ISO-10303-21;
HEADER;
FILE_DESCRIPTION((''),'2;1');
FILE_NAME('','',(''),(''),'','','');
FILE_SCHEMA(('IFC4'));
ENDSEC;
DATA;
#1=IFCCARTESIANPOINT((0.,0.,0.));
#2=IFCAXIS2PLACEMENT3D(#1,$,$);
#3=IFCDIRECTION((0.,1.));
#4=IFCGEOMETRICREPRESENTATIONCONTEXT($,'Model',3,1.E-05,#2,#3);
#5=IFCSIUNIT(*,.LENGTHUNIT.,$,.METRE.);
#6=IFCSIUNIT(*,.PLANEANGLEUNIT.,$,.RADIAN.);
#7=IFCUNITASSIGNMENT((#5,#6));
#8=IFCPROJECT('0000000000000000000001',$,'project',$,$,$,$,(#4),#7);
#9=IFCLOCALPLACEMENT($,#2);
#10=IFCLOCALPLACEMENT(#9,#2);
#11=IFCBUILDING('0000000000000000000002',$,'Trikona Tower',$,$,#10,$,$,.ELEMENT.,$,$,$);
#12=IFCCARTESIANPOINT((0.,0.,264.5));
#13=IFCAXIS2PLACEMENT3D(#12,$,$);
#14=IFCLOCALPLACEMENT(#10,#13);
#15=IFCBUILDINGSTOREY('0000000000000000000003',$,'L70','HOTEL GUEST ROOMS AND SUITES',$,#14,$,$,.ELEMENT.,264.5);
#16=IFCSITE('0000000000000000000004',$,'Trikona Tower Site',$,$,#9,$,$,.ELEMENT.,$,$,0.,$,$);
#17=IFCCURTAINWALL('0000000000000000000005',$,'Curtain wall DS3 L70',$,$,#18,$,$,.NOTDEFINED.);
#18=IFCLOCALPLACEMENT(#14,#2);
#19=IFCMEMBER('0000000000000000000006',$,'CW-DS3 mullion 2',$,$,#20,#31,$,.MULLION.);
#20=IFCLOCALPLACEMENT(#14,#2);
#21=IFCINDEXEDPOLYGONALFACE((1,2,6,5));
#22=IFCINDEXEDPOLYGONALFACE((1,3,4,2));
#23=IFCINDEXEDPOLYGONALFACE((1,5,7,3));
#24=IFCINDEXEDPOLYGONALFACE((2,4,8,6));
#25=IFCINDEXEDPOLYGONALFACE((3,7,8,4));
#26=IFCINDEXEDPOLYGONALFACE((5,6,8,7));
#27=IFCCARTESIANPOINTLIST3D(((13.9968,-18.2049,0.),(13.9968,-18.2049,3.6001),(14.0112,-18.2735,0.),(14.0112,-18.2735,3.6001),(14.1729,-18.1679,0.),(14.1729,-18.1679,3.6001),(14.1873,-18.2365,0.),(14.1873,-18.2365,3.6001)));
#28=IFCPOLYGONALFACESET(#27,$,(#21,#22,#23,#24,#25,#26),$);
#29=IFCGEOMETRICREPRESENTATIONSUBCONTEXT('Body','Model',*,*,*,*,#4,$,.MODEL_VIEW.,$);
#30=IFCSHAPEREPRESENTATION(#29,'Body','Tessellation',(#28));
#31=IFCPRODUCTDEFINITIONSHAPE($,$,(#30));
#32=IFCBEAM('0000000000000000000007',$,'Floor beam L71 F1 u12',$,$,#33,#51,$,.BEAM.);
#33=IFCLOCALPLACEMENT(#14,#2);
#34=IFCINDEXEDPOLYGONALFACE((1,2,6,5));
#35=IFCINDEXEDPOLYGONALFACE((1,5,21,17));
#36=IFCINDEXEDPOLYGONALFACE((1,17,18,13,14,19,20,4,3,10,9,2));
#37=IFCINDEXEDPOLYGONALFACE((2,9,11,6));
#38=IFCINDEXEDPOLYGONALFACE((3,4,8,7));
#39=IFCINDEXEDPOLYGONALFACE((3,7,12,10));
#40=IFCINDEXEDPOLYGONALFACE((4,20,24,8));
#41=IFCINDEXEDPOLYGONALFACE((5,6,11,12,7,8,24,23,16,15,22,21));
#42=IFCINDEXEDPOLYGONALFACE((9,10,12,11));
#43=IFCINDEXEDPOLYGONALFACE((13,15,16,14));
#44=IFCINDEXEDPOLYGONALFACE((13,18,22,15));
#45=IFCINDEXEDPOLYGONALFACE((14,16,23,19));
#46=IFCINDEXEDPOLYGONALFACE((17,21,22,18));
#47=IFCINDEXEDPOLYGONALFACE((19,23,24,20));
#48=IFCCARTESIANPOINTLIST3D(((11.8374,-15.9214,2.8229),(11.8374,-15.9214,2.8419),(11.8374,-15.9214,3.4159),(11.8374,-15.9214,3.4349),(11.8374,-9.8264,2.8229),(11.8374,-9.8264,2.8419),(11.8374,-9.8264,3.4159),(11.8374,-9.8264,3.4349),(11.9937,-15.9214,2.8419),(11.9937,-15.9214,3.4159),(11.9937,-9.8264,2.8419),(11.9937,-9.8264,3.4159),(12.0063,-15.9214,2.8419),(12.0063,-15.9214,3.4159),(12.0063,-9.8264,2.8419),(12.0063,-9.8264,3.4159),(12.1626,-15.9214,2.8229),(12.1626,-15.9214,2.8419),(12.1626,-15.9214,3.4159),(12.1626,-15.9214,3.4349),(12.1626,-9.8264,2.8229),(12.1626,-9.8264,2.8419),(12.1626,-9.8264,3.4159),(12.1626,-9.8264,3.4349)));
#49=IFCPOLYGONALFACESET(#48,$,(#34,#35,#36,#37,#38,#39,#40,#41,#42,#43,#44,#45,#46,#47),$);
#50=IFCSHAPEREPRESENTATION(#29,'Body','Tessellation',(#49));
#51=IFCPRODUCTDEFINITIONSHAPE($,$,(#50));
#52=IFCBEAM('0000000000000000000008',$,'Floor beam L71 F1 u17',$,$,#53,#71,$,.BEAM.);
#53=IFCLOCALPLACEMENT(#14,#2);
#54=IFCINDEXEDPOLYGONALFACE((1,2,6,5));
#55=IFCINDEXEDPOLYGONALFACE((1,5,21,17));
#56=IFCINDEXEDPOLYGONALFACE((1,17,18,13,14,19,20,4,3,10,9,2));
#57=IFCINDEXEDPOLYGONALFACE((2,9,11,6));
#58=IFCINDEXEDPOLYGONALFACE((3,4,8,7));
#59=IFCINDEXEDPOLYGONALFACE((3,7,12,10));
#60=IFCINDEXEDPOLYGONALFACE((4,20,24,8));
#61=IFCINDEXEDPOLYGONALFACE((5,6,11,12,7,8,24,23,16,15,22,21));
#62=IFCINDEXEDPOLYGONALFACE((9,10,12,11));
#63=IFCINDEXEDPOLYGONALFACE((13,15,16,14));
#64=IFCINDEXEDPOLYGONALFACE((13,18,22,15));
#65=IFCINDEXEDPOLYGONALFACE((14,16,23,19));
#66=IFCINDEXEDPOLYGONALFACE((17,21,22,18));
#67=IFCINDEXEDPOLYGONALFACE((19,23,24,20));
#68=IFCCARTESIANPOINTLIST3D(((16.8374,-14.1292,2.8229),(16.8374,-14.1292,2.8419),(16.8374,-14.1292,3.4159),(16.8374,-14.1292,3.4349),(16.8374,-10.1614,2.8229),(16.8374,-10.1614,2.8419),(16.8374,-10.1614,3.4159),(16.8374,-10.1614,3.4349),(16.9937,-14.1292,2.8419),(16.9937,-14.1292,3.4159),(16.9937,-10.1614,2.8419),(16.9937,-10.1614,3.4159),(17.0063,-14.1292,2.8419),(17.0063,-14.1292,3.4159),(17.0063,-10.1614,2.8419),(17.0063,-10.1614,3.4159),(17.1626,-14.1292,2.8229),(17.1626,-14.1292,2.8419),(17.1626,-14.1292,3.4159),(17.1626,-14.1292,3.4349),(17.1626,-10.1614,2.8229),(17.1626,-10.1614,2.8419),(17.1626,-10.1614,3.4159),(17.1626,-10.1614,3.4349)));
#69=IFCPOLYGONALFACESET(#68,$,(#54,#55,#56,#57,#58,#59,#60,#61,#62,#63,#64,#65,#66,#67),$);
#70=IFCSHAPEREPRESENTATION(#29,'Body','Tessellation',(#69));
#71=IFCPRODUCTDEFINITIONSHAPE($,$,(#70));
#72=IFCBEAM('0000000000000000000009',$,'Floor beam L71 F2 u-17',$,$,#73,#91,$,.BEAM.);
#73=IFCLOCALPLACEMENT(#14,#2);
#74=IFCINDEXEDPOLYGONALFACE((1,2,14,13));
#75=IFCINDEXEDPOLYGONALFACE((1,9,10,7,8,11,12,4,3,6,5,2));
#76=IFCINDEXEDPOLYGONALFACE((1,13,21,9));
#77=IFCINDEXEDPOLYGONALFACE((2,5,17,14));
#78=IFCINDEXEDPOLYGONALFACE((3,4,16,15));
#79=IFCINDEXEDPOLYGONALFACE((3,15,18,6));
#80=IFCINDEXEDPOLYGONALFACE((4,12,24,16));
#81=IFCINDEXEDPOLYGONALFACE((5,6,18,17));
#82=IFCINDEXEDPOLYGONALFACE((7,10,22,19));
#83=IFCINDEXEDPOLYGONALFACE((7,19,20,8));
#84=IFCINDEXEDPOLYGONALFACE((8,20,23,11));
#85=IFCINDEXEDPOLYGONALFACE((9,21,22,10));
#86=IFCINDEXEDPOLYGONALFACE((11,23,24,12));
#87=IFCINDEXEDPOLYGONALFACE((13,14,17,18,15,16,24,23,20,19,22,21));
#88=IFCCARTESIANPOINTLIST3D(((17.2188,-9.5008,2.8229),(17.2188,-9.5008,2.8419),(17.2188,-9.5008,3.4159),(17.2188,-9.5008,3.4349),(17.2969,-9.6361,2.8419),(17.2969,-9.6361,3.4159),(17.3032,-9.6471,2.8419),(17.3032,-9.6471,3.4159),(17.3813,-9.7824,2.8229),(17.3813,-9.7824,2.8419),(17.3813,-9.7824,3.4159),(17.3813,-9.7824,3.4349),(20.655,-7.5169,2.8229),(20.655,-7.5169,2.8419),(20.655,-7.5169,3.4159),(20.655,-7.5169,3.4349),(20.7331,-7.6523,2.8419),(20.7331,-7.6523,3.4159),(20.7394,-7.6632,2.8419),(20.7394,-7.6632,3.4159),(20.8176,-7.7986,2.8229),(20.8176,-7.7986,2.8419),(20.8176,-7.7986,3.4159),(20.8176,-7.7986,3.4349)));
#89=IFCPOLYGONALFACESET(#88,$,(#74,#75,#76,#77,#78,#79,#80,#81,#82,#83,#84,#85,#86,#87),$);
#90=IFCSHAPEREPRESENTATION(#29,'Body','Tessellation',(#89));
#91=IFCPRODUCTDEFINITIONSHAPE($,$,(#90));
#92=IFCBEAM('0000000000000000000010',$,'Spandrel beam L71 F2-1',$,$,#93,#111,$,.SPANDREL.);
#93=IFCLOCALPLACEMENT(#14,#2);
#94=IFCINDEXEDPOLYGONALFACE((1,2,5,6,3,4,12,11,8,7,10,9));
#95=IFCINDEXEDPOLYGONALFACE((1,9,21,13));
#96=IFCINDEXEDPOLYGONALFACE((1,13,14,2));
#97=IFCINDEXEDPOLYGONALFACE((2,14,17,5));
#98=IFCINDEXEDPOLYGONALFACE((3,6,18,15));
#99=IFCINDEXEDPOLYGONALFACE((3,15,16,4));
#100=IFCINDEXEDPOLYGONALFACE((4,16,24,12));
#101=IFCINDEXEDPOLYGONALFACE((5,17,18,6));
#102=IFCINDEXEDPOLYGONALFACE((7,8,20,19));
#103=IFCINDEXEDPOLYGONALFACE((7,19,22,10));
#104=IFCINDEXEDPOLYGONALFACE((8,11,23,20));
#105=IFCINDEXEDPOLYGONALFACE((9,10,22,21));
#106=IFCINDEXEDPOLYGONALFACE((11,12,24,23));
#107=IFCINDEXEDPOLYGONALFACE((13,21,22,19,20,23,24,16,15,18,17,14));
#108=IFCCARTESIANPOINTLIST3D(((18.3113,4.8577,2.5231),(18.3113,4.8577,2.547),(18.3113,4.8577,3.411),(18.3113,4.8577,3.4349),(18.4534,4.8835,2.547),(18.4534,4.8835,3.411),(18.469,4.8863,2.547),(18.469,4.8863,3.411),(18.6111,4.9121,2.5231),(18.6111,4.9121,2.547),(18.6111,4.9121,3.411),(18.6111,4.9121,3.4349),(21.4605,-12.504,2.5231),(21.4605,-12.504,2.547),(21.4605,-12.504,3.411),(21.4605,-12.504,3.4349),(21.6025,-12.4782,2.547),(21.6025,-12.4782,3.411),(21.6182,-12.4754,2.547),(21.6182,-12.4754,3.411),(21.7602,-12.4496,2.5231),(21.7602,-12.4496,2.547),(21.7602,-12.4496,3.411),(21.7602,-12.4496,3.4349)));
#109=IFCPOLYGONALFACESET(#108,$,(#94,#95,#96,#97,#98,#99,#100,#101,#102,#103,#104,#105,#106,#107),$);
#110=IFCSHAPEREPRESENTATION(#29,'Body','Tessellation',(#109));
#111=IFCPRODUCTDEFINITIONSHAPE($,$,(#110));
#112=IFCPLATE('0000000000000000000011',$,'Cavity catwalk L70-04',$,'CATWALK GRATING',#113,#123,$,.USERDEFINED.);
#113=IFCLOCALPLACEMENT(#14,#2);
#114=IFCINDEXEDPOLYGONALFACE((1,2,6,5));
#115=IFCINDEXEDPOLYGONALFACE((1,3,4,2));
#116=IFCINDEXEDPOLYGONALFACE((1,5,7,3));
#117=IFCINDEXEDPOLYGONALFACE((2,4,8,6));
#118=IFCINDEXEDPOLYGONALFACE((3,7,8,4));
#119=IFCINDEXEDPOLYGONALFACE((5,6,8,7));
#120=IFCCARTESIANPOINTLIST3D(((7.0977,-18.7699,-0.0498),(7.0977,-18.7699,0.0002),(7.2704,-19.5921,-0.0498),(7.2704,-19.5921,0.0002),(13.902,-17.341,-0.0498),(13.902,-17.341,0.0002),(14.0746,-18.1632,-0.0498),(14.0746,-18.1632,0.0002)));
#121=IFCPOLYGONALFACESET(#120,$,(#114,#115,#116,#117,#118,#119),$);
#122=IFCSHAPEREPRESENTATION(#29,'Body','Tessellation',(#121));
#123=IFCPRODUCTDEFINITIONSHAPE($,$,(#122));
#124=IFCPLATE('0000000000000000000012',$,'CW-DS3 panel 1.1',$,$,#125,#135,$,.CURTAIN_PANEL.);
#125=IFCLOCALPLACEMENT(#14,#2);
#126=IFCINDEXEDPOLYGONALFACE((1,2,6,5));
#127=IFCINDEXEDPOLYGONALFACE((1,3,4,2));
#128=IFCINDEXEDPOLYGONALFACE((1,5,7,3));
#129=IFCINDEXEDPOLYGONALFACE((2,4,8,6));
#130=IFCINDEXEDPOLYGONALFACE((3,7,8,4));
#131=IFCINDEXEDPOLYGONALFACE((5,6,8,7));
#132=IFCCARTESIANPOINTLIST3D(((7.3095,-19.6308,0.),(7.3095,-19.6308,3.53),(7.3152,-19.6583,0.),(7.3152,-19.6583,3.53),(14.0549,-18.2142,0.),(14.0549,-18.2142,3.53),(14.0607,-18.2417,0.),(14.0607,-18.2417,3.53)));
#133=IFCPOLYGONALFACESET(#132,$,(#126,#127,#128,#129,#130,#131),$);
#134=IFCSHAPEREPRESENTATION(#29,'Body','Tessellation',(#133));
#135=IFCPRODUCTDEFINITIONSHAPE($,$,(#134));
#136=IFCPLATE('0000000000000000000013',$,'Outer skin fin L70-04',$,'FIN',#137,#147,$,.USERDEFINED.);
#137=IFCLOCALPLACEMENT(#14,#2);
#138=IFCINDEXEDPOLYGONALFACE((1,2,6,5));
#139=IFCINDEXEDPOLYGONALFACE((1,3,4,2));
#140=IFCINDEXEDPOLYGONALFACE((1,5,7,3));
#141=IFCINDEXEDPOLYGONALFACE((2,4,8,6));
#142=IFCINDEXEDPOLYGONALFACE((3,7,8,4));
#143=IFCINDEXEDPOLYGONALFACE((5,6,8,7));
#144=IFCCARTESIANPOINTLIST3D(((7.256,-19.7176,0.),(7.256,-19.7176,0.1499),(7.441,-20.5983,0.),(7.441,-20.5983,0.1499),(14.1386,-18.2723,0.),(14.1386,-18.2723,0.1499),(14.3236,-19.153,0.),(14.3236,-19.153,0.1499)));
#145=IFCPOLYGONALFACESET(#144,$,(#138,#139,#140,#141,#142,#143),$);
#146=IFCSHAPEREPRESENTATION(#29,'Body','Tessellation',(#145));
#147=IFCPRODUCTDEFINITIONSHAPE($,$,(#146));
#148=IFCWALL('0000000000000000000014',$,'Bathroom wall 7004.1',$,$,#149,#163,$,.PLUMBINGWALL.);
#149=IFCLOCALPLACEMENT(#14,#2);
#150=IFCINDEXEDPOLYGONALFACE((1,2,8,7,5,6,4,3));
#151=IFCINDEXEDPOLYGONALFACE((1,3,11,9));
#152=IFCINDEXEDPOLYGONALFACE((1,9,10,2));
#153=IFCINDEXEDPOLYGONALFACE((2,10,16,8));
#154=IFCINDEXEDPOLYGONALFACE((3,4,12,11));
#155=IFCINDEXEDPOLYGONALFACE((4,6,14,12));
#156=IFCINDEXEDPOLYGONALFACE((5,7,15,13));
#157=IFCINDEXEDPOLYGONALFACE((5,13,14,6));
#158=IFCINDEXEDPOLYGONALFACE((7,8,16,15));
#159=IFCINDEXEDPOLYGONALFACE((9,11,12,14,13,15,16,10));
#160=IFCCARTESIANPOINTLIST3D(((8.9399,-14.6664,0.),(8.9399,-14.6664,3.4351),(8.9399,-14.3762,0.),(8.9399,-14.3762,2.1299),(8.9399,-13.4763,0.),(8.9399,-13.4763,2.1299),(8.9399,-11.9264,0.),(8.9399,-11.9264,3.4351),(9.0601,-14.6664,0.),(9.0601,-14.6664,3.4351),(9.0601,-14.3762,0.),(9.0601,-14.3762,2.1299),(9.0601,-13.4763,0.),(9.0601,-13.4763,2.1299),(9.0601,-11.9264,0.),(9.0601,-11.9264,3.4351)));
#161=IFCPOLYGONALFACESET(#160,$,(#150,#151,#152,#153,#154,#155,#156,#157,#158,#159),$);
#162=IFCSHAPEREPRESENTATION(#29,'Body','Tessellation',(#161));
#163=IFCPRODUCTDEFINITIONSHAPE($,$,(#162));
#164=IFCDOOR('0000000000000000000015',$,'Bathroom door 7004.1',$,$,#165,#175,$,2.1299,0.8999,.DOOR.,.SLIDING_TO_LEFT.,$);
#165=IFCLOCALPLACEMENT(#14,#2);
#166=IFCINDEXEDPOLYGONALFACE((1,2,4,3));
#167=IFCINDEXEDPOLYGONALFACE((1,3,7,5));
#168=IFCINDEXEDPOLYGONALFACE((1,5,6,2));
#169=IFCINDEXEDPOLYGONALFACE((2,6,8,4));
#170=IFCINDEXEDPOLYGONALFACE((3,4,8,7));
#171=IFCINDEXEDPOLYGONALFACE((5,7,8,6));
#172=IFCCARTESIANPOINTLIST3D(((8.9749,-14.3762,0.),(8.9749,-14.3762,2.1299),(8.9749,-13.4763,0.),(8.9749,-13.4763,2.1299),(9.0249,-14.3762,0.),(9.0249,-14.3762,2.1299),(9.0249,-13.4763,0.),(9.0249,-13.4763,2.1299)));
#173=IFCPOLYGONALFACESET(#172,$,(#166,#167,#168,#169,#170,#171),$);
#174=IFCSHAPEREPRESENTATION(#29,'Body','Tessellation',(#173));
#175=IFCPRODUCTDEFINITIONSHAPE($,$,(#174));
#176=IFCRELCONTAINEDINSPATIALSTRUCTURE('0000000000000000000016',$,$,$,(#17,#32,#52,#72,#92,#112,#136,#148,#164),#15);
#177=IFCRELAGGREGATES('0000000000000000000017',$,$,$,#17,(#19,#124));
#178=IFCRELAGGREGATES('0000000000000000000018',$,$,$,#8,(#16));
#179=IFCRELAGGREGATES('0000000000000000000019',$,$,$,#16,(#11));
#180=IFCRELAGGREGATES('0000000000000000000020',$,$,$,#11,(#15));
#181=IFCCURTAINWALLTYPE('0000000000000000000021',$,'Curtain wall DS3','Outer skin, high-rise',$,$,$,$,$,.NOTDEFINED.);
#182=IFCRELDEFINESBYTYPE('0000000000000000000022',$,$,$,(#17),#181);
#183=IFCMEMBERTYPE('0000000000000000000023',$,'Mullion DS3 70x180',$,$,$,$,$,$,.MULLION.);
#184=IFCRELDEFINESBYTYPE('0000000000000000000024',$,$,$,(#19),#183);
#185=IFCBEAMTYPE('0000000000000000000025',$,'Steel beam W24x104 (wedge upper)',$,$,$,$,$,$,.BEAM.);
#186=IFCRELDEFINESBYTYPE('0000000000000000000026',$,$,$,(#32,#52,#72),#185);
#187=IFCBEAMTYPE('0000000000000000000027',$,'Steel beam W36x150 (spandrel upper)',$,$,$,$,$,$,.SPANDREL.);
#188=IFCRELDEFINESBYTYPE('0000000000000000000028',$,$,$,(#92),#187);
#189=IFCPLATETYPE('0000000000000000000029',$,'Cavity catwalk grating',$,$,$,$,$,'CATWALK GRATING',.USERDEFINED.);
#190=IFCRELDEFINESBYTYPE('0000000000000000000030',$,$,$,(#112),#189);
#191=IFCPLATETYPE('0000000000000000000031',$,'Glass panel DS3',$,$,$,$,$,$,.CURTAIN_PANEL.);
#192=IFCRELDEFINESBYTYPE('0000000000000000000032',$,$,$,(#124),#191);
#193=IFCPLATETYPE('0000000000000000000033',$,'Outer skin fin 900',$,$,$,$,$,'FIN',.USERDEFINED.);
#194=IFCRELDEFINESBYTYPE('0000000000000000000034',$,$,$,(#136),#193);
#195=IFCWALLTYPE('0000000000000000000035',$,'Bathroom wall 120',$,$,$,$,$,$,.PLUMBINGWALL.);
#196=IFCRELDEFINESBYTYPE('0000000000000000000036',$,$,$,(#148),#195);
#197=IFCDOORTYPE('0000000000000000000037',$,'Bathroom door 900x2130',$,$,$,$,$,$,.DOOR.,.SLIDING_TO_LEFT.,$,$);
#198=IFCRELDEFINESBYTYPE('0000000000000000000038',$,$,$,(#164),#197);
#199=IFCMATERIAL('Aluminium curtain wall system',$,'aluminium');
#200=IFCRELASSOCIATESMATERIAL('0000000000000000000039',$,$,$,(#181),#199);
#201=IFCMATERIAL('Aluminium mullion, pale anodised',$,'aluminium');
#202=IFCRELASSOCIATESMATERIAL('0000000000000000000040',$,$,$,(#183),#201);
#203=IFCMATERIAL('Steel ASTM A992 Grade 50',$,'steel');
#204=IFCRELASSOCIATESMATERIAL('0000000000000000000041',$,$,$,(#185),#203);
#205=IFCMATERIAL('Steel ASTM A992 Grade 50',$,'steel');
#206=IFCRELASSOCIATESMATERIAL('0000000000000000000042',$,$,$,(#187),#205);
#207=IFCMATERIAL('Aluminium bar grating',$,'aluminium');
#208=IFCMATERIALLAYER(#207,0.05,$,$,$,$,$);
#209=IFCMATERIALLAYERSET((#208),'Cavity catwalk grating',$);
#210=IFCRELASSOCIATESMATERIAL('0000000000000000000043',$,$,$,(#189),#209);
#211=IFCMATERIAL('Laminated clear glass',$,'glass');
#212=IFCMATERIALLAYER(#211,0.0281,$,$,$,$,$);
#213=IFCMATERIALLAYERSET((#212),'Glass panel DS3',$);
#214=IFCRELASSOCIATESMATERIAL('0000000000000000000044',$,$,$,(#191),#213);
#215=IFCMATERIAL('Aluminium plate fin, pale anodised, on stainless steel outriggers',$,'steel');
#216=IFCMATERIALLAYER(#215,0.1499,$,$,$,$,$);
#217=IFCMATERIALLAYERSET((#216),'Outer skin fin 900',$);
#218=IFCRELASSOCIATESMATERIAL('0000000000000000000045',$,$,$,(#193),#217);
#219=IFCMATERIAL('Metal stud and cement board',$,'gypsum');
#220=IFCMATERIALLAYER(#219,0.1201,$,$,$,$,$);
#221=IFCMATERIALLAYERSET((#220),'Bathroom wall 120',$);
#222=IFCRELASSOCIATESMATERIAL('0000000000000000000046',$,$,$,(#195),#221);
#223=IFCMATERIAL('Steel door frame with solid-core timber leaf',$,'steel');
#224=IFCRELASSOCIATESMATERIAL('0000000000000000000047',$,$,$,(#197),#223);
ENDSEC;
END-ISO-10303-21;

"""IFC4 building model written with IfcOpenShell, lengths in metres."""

from ifc_helpers import new_model, si_unit, direction, frame, frame_2d, origin, origin_2d, place, context, subcontext, project, spatial, rectangle, i_section, extrude, material, layer, layer_set, material_profile, profile_set, type_object, element, fill, aggregate, save


model = new_model("IFC4")

# Units and contexts
model_context = context("Model", 3, precision=1e-05, world=origin(), true_north=direction((0.0, 1.0)))
body_context = subcontext(model_context, "Body", "Model", "MODEL_VIEW")
ifc_project = project(units=[si_unit("LENGTHUNIT", "METRE"), si_unit("PLANEANGLEUNIT", "RADIAN")], contexts=[model_context])

# Site, building, storey
site_placement = place(None, origin())
site = spatial("IfcSite", under=ifc_project, at=site_placement, Name="Trikona Tower Site", CompositionType="ELEMENT", RefElevation=0.0)
building_placement = place(site_placement, origin())
building = spatial("IfcBuilding", under=site, at=building_placement, Name="Trikona Tower", CompositionType="ELEMENT")
storey_placement = place(building_placement, frame((0.0, 0.0, 264.5)))
storey = spatial("IfcBuildingStorey", under=building, at=storey_placement, Name="L70", Description="HOTEL GUEST ROOMS AND SUITES", CompositionType="ELEMENT", Elevation=264.5)

# Curtain wall, member
ifc_material_1 = material(Name="Aluminium curtain wall system", Category="aluminium")
curtain_wall_type = type_object("IfcCurtainWallType", Name="Curtain wall DS3", Description="Outer skin, high-rise", PredefinedType="NOTDEFINED", material=ifc_material_1)
curtain_wall_placement = place(storey_placement, origin())
curtain_wall = element("IfcCurtainWall", 1, at=curtain_wall_placement, inside=storey, type_object=curtain_wall_type, Name="Curtain wall DS3 L70", PredefinedType="NOTDEFINED")
ifc_material_2 = material(Name="Aluminium mullion, pale anodised", Category="aluminium")
ifc_material_profile_1 = material_profile(ifc_material_2, rectangle(XDim=0.0701, YDim=0.1799, at=origin_2d()), Name="MUL-DS3")
ifc_profile_set_1 = profile_set([ifc_material_profile_1], Name="Aluminium mullion, pale anodised")
member_type = type_object("IfcMemberType", Name="Mullion DS3 70x180", PredefinedType="MULLION", material=ifc_profile_set_1)
member_placement = place(storey_placement, frame((14.092, -18.2207, 0.0), z_axis=(0.0, 0.0, 1.0), x_axis=(-0.205527, 0.978651, 0.0)))
member = element("IfcMember", 2, at=member_placement, type_object=member_type, Name="CW-DS3 mullion 2", PredefinedType="MULLION", context=body_context, shape_type="SweptSolid", body=[
    extrude(rectangle(XDim=0.0701, YDim=0.1799, at=origin_2d()), origin(), (0.0, 0.0, 1.0), 3.6001),
])

# Beams
ifc_material_3 = material(Name="Steel ASTM A992 Grade 50", Category="steel")
ifc_material_profile_2 = material_profile(ifc_material_3, i_section(OverallWidth=0.3252, OverallDepth=0.6121, WebThickness=0.0127, FlangeThickness=0.019, at=origin_2d()), Name="W24X104")
ifc_profile_set_2 = profile_set([ifc_material_profile_2], Name="Steel ASTM A992 Grade 50")
beam_type_1 = type_object("IfcBeamType", Name="Steel beam W24x104 (wedge upper)", PredefinedType="BEAM", material=ifc_profile_set_2)
beam_1_placement = place(storey_placement, frame((12.0, -9.8264, 3.1289), z_axis=(0.0, -1.0, 0.0), x_axis=(1.0, 0.0, 0.0)))
element("IfcBeam", 3, at=beam_1_placement, inside=storey, type_object=beam_type_1, Name="Floor beam L71 F1 u12", PredefinedType="BEAM", context=body_context, shape_type="SweptSolid", body=[
    extrude(i_section(OverallWidth=0.3252, OverallDepth=0.6121, WebThickness=0.0127, FlangeThickness=0.019, at=origin_2d()), origin(), (0.0, 0.0, 1.0), 6.095),
])
for number, where, z_axis, x_axis, name in (
    (4, (17.0, -10.1614, 3.1289), (0.0, -1.0, 0.0), (1.0, 0.0, 0.0), "Floor beam L71 F1 u17"),
    (5, (17.3, -9.6416, 3.1289), (0.866031, 0.499991, 0.0), (-0.499991, 0.866031, 0.0), "Floor beam L71 F2 u-17"),
):
    element("IfcBeam", number, at=place(storey_placement, frame(where, z_axis=z_axis, x_axis=x_axis)), inside=storey, type_object=beam_type_1, Name=name, PredefinedType="BEAM", context=body_context, shape_type="SweptSolid", body=[
        extrude(i_section(OverallWidth=0.3252, OverallDepth=0.6121, WebThickness=0.0127, FlangeThickness=0.019, at=origin_2d()), origin(), (0.0, 0.0, 1.0), 3.9678),
    ])
ifc_material_4 = material(Name="Steel ASTM A992 Grade 50", Category="steel")
ifc_material_profile_3 = material_profile(ifc_material_4, i_section(OverallWidth=0.3047, OverallDepth=0.9119, WebThickness=0.0159, FlangeThickness=0.0239, at=origin_2d()), Name="W36X150")
ifc_profile_set_3 = profile_set([ifc_material_profile_3], Name="Steel ASTM A992 Grade 50")
beam_type_2 = type_object("IfcBeamType", Name="Steel beam W36x150 (spandrel upper)", PredefinedType="SPANDREL", material=ifc_profile_set_3)
beam_2_placement = place(storey_placement, frame((21.6104, -12.4768, 2.979), z_axis=(-0.178473, 0.983945, 0.0), x_axis=(-0.983945, -0.178473, 0.0)))
element("IfcBeam", 6, at=beam_2_placement, inside=storey, type_object=beam_type_2, Name="Spandrel beam L71 F2-1", PredefinedType="SPANDREL", context=body_context, shape_type="SweptSolid", body=[
    extrude(i_section(OverallWidth=0.3047, OverallDepth=0.9119, WebThickness=0.0159, FlangeThickness=0.0239, at=origin_2d()), origin(), (0.0, 0.0, 1.0), 17.645),
])

# Plates
ifc_material_5 = material(Name="Aluminium bar grating", Category="aluminium")
ifc_layer_1 = layer(ifc_material_5, 0.05)
ifc_layer_set_1 = layer_set([ifc_layer_1], Name="Cavity catwalk grating")
plate_type_1 = type_object("IfcPlateType", Name="Cavity catwalk grating", ElementType="CATWALK GRATING", PredefinedType="USERDEFINED", material=ifc_layer_set_1)
plate_1_placement = place(storey_placement, frame((10.5862, -18.4666, -0.0498), z_axis=(0.0, 0.0, 1.0), x_axis=(0.978653, 0.205518, 0.0)))
element("IfcPlate", 7, at=plate_1_placement, inside=storey, type_object=plate_type_1, Name="Cavity catwalk L70-04", ObjectType="CATWALK GRATING", PredefinedType="USERDEFINED", context=body_context, shape_type="SweptSolid", body=[
    extrude(rectangle(XDim=6.9526, YDim=0.8401, at=origin_2d()), origin(), (0.0, 0.0, 1.0), 0.05),
])
ifc_material_6 = material(Name="Laminated clear glass", Category="glass")
ifc_layer_2 = layer(ifc_material_6, 0.0281)
ifc_layer_set_2 = layer_set([ifc_layer_2], Name="Glass panel DS3")
plate_type_2 = type_object("IfcPlateType", Name="Glass panel DS3", PredefinedType="CURTAIN_PANEL", material=ifc_layer_set_2)
plate_2_placement = place(storey_placement, frame((10.6851, -18.9363, 0.0), z_axis=(0.0, 0.0, 1.0), x_axis=(0.978651, 0.205527, 0.0)))
plate_2 = element("IfcPlate", 8, at=plate_2_placement, type_object=plate_type_2, Name="CW-DS3 panel 1.1", PredefinedType="CURTAIN_PANEL", context=body_context, shape_type="SweptSolid", body=[
    extrude(rectangle(XDim=6.8926, YDim=0.0281, at=origin_2d()), origin(), (0.0, 0.0, 1.0), 3.53),
])
aggregate(curtain_wall, [member, plate_2])
ifc_material_7 = material(Name="Aluminium plate fin, pale anodised, on stainless steel outriggers", Category="steel")
ifc_layer_3 = layer(ifc_material_7, 0.1499)
ifc_layer_set_3 = layer_set([ifc_layer_3], Name="Outer skin fin 900")
plate_type_3 = type_object("IfcPlateType", Name="Outer skin fin 900", ElementType="FIN", PredefinedType="USERDEFINED", material=ifc_layer_set_3)
plate_3_placement = place(storey_placement, frame((10.7898, -19.4353, 0.0), z_axis=(0.0, 0.0, 1.0), x_axis=(0.978653, 0.205518, 0.0)))
element("IfcPlate", 9, at=plate_3_placement, inside=storey, type_object=plate_type_3, Name="Outer skin fin L70-04", ObjectType="FIN", PredefinedType="USERDEFINED", context=body_context, shape_type="SweptSolid", body=[
    extrude(rectangle(XDim=7.0327, YDim=0.8999, at=origin_2d()), origin(), (0.0, 0.0, 1.0), 0.1499),
])

# Wall, opening, door
ifc_material_8 = material(Name="Metal stud and cement board", Category="gypsum")
ifc_layer_4 = layer(ifc_material_8, 0.1201)
ifc_layer_set_4 = layer_set([ifc_layer_4], Name="Bathroom wall 120")
wall_type_1 = type_object("IfcWallType", Name="Bathroom wall 120", PredefinedType="PLUMBINGWALL", material=ifc_layer_set_4)
wall_1_placement = place(storey_placement, frame((9.0, -11.9263, 0.0), z_axis=(0.0, 0.0, 1.0), x_axis=(0.0, -1.0, 0.0)))
wall_1 = element("IfcWall", 10, at=wall_1_placement, inside=storey, type_object=wall_type_1, Name="Bathroom wall 7004.1", PredefinedType="PLUMBINGWALL", context=body_context, shape_type="SweptSolid", body=[
    extrude(rectangle(XDim=2.74, YDim=0.1201, at=frame_2d((1.3701, 0.0))), origin(), (0.0, 0.0, 1.0), 3.4351),
])
opening_1_placement = place(wall_1_placement, frame((1.55, 0.0, 0.0)))
opening_1 = element("IfcOpeningElement", 11, at=opening_1_placement, cuts=wall_1, PredefinedType="OPENING", context=body_context, shape_type="SweptSolid", body=[
    extrude(rectangle(XDim=0.8999, YDim=2.1299, at=frame_2d((0.45, 1.0649))), frame((0.0, 0.0701, 0.0), z_axis=(0.0, -1.0, 0.0), x_axis=(1.0, 0.0, 0.0)), (0.0, 0.0, 1.0), 0.1401),
])
ifc_material_9 = material(Name="Steel door frame with solid-core timber leaf", Category="steel")
door_type_1 = type_object("IfcDoorType", Name="Bathroom door 900x2130", OperationType="SLIDING_TO_LEFT", PredefinedType="DOOR", material=ifc_material_9)
door_1_placement = place(opening_1_placement, origin())
door_1 = element("IfcDoor", 12, at=door_1_placement, inside=storey, type_object=door_type_1, Name="Bathroom door 7004.1", OperationType="SLIDING_TO_LEFT", OverallHeight=2.1299, OverallWidth=0.8999, PredefinedType="DOOR", context=body_context, shape_type="SweptSolid", body=[
    extrude(rectangle(XDim=0.8999, YDim=2.1299, at=frame_2d((0.45, 1.0649))), frame((0.0, 0.0249, 0.0), z_axis=(0.0, -1.0, 0.0), x_axis=(1.0, 0.0, 0.0)), (0.0, 0.0, 1.0), 0.05),
])
fill(opening_1, door_1)

save(model, "model.ifc")
